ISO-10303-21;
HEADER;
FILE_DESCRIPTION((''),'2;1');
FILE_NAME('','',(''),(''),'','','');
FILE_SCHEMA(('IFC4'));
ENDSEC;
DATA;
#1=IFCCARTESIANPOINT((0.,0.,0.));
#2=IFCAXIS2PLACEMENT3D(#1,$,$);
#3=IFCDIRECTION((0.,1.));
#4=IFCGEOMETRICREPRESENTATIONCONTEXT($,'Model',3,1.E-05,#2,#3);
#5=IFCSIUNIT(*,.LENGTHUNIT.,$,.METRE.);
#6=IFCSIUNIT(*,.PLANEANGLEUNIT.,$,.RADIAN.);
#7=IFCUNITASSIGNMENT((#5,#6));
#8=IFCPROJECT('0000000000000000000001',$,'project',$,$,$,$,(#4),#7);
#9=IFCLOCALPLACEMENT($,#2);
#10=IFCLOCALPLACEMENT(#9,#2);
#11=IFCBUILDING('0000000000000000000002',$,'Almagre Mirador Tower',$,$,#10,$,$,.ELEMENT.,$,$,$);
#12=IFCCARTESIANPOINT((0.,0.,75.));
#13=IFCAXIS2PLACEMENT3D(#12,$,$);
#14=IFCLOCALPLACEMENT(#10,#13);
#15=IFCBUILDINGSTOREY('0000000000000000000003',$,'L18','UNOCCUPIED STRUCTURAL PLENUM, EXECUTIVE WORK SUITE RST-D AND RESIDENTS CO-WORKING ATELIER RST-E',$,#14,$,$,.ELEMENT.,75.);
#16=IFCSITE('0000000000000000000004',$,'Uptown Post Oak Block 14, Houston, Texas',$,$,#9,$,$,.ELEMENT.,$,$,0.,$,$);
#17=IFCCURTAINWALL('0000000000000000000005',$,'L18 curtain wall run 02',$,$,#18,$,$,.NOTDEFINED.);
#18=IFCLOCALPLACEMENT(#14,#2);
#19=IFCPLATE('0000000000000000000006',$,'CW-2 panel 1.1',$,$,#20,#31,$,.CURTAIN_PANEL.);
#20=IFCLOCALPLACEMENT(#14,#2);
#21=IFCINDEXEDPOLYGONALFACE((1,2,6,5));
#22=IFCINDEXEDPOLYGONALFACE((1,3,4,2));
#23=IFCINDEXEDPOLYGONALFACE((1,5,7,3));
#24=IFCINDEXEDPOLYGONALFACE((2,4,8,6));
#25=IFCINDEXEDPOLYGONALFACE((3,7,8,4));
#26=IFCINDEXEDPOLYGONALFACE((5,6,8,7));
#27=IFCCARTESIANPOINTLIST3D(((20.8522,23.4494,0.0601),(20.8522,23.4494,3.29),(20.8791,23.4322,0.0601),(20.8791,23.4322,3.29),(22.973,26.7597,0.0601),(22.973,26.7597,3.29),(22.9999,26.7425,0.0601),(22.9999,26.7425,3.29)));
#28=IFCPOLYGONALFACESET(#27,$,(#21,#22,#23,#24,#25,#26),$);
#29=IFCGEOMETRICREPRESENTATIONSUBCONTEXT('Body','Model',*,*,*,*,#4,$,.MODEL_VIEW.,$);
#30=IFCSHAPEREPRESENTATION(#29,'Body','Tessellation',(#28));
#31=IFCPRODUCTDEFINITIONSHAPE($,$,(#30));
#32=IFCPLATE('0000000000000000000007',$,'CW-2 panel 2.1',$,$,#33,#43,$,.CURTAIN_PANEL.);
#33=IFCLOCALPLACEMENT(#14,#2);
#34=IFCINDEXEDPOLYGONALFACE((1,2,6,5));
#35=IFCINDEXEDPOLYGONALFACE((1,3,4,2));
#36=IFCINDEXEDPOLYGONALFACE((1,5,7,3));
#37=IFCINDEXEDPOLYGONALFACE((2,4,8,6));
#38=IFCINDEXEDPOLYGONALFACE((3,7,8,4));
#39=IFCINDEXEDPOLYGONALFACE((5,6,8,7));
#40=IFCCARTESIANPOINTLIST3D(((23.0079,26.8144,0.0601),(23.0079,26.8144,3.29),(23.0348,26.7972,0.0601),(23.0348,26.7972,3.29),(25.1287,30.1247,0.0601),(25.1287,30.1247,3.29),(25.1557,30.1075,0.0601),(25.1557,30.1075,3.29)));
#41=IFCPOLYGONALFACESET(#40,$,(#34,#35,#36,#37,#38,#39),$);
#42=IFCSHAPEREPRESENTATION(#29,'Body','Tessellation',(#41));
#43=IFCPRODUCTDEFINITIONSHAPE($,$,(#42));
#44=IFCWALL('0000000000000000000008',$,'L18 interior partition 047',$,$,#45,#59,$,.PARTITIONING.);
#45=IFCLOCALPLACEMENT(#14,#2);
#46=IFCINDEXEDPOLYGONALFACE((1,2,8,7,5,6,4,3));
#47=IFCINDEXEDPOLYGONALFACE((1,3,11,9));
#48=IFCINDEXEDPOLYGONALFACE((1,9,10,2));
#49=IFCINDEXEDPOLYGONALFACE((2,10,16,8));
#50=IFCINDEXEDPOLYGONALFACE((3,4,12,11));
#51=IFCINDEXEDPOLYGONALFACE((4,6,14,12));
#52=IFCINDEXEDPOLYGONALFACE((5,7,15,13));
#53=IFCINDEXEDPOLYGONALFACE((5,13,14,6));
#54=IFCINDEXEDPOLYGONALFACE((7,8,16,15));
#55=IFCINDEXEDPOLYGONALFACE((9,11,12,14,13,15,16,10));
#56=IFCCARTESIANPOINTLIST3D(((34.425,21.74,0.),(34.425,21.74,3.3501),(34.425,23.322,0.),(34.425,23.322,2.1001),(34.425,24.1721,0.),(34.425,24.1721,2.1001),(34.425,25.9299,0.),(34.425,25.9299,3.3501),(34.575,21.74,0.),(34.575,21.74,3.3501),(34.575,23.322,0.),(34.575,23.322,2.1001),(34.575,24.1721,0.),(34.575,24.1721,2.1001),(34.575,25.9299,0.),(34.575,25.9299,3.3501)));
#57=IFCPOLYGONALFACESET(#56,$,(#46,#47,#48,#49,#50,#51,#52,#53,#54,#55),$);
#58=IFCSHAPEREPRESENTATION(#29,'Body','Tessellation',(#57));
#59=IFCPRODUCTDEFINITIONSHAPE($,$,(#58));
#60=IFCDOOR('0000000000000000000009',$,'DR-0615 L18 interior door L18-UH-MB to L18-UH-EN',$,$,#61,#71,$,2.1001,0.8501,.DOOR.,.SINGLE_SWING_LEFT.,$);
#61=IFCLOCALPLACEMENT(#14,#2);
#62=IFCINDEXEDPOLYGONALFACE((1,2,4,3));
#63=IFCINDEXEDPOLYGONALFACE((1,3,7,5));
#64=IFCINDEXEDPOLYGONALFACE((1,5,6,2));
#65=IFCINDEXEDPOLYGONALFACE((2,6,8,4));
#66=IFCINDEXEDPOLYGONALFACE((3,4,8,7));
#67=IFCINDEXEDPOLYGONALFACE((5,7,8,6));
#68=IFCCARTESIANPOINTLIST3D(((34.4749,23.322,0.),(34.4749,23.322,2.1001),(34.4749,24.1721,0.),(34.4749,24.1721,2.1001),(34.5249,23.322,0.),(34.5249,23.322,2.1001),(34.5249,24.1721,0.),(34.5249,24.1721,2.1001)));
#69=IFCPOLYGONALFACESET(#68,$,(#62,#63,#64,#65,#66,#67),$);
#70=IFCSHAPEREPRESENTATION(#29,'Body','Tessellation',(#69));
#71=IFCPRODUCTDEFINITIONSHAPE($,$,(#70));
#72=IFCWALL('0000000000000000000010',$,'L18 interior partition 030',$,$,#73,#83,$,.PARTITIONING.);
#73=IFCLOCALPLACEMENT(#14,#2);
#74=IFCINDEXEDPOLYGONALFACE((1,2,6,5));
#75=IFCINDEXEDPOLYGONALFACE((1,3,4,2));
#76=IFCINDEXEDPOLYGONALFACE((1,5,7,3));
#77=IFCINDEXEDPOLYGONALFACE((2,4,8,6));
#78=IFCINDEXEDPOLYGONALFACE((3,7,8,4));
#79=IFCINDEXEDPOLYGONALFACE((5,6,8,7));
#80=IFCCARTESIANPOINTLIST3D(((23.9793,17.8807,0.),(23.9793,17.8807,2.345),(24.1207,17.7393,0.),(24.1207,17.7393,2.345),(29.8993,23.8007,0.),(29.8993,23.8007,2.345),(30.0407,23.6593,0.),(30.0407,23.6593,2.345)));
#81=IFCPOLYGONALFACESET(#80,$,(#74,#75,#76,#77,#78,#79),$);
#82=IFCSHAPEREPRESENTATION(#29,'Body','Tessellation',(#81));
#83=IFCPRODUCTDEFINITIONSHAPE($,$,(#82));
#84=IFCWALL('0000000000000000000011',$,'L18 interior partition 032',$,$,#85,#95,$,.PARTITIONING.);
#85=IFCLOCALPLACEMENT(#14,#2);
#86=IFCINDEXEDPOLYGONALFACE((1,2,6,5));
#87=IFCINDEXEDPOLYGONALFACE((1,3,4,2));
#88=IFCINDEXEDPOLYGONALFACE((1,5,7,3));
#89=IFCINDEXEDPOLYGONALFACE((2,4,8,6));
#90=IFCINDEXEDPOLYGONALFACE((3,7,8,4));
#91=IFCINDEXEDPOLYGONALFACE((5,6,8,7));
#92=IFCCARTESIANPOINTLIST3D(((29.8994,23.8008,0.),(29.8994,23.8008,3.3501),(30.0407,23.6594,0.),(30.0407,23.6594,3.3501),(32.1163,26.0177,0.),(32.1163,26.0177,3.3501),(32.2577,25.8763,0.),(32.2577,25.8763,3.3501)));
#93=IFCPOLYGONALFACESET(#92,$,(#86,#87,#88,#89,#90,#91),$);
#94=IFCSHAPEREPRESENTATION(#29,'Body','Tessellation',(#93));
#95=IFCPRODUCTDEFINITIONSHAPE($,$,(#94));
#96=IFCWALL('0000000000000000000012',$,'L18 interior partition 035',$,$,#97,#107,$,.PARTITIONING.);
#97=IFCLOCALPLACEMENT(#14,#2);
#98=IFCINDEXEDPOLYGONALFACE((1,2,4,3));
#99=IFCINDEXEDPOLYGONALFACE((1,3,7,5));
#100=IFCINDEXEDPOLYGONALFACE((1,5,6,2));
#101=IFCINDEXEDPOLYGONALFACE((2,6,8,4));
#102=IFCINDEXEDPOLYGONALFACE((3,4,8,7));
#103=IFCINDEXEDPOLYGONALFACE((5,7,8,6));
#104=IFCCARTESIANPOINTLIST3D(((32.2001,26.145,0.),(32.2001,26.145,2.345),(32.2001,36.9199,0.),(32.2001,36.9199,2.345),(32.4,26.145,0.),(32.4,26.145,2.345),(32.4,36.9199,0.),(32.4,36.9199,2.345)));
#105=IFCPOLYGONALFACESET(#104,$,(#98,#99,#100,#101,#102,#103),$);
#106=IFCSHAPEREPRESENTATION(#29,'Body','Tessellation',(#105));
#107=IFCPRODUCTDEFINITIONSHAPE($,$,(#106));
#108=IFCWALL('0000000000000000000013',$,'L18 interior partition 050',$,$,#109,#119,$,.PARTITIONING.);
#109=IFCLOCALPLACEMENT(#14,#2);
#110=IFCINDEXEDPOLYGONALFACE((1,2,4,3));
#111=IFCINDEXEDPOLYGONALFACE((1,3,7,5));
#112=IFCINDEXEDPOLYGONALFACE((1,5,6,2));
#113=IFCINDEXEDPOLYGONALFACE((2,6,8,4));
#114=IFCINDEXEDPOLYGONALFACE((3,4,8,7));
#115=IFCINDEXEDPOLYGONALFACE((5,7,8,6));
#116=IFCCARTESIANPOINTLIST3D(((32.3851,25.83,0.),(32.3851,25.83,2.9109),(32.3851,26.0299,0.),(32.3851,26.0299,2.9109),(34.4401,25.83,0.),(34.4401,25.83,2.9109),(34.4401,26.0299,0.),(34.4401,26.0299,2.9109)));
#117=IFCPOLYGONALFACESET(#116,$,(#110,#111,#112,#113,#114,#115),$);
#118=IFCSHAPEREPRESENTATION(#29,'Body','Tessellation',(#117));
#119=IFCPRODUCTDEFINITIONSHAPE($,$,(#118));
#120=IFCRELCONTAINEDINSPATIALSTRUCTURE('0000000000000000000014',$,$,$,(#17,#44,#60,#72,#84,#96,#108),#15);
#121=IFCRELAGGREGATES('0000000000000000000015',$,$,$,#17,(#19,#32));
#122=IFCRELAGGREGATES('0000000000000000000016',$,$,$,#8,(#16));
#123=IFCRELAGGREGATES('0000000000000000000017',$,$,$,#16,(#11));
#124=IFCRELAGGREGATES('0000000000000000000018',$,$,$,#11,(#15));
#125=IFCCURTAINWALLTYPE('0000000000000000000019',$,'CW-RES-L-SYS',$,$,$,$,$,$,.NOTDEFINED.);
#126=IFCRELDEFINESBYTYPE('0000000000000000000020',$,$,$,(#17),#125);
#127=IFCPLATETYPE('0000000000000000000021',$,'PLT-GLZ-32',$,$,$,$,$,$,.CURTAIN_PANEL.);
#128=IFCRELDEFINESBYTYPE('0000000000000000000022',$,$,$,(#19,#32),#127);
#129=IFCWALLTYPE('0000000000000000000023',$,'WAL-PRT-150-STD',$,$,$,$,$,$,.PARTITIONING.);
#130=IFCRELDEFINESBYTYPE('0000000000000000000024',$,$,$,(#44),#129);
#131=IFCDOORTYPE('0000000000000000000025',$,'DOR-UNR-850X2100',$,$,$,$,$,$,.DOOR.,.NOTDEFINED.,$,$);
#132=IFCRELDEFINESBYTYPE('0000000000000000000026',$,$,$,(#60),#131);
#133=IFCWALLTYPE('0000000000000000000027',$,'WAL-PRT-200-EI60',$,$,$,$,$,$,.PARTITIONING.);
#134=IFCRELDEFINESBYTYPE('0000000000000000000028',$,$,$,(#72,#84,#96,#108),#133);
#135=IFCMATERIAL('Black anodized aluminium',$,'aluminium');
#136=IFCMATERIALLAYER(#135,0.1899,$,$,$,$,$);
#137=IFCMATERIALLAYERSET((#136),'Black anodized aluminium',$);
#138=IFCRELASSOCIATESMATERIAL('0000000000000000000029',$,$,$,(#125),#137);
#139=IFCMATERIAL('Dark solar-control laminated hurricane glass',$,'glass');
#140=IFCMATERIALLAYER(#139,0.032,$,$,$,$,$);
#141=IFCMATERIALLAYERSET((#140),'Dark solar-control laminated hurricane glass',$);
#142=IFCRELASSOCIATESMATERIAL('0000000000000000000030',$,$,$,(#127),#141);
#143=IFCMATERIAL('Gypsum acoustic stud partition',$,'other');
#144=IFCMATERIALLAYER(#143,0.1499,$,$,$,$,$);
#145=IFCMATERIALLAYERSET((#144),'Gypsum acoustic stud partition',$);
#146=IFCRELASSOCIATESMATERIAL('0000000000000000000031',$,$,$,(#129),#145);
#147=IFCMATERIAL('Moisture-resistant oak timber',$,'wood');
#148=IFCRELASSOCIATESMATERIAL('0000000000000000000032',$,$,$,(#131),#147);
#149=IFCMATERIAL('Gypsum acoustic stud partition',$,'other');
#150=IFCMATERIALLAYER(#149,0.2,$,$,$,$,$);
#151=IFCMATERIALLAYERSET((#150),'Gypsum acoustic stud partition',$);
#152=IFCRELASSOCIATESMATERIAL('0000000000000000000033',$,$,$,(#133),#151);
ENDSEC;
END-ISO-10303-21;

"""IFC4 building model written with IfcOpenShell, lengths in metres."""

from ifc_helpers import new_model, si_unit, direction, frame, frame_2d, origin, origin_2d, place, context, subcontext, project, spatial, rectangle, extrude, material, layer, layer_set, type_object, element, fill, aggregate, save


model = new_model("IFC4")

# Units and contexts
model_context = context("Model", 3, precision=1e-05, world=origin(), true_north=direction((0.0, 1.0)))
body_context = subcontext(model_context, "Body", "Model", "MODEL_VIEW")
ifc_project = project(units=[si_unit("LENGTHUNIT", "METRE"), si_unit("PLANEANGLEUNIT", "RADIAN")], contexts=[model_context])

# Site, building, storey
site_placement = place(None, origin())
site = spatial("IfcSite", under=ifc_project, at=site_placement, Name="Uptown Post Oak Block 14, Houston, Texas", CompositionType="ELEMENT", RefElevation=0.0)
building_placement = place(site_placement, origin())
building = spatial("IfcBuilding", under=site, at=building_placement, Name="Almagre Mirador Tower", CompositionType="ELEMENT")
storey_placement = place(building_placement, frame((0.0, 0.0, 75.0)))
storey = spatial("IfcBuildingStorey", under=building, at=storey_placement, Name="L18", Description="UNOCCUPIED STRUCTURAL PLENUM, EXECUTIVE WORK SUITE RST-D AND RESIDENTS CO-WORKING ATELIER RST-E", CompositionType="ELEMENT", Elevation=75.0)

# Curtain wall, plates
ifc_material_1 = material(Name="Black anodized aluminium", Category="aluminium")
ifc_layer_1 = layer(ifc_material_1, 0.1899)
ifc_layer_set_1 = layer_set([ifc_layer_1], Name="Black anodized aluminium")
curtain_wall_type = type_object("IfcCurtainWallType", Name="CW-RES-L-SYS", PredefinedType="NOTDEFINED", material=ifc_layer_set_1)
curtain_wall_placement = place(storey_placement, origin())
curtain_wall = element("IfcCurtainWall", 1, at=curtain_wall_placement, inside=storey, type_object=curtain_wall_type, Name="L18 curtain wall run 02", PredefinedType="NOTDEFINED")
ifc_material_2 = material(Name="Dark solar-control laminated hurricane glass", Category="glass")
ifc_layer_2 = layer(ifc_material_2, 0.032)
ifc_layer_set_2 = layer_set([ifc_layer_2], Name="Dark solar-control laminated hurricane glass")
plate_type = type_object("IfcPlateType", Name="PLT-GLZ-32", PredefinedType="CURTAIN_PANEL", material=ifc_layer_set_2)
plate_1_placement = place(storey_placement, frame((21.926, 25.0959, 0.0601), z_axis=(0.0, 0.0, 1.0), x_axis=(0.539455, 0.842015, 0.0)))
plate_1 = element("IfcPlate", 2, at=plate_1_placement, type_object=plate_type, Name="CW-2 panel 1.1", PredefinedType="CURTAIN_PANEL", context=body_context, shape_type="SweptSolid", body=[
    extrude(rectangle(XDim=3.9314, YDim=0.032, at=origin_2d()), origin(), (0.0, 0.0, 1.0), 3.23),
])
plate_2_placement = place(storey_placement, frame((24.0818, 28.4609, 0.0601), z_axis=(0.0, 0.0, 1.0), x_axis=(0.539455, 0.842015, 0.0)))
plate_2 = element("IfcPlate", 3, at=plate_2_placement, type_object=plate_type, Name="CW-2 panel 2.1", PredefinedType="CURTAIN_PANEL", context=body_context, shape_type="SweptSolid", body=[
    extrude(rectangle(XDim=3.9314, YDim=0.032, at=origin_2d()), origin(), (0.0, 0.0, 1.0), 3.23),
])
aggregate(curtain_wall, [plate_1, plate_2])

# Wall, opening, door
ifc_material_3 = material(Name="Gypsum acoustic stud partition", Category="other")
ifc_layer_3 = layer(ifc_material_3, 0.1499)
ifc_layer_set_3 = layer_set([ifc_layer_3], Name="Gypsum acoustic stud partition")
wall_type_1 = type_object("IfcWallType", Name="WAL-PRT-150-STD", PredefinedType="PARTITIONING", material=ifc_layer_set_3)
wall_1_placement = place(storey_placement, frame((34.5, 25.9299, 0.0), z_axis=(0.0, 0.0, 1.0), x_axis=(0.0, -1.0, 0.0)))
wall_1 = element("IfcWall", 4, at=wall_1_placement, inside=storey, type_object=wall_type_1, Name="L18 interior partition 047", PredefinedType="PARTITIONING", context=body_context, shape_type="SweptSolid", body=[
    extrude(rectangle(XDim=4.1899, YDim=0.1499, at=frame_2d((2.095, 0.0))), origin(), (0.0, 0.0, 1.0), 3.3501),
])
opening_placement = place(wall_1_placement, frame((1.7578, 0.0, 0.0)))
opening = element("IfcOpeningElement", 5, at=opening_placement, cuts=wall_1, PredefinedType="OPENING", context=body_context, shape_type="SweptSolid", body=[
    extrude(rectangle(XDim=0.8501, YDim=2.1001, at=frame_2d((0.425, 1.05))), frame((0.0, 0.085, 0.0), z_axis=(0.0, -1.0, 0.0), x_axis=(1.0, 0.0, 0.0)), (0.0, 0.0, 1.0), 0.1699),
])
ifc_material_4 = material(Name="Moisture-resistant oak timber", Category="wood")
door_type = type_object("IfcDoorType", Name="DOR-UNR-850X2100", OperationType="NOTDEFINED", PredefinedType="DOOR", material=ifc_material_4)
door_placement = place(opening_placement, origin())
door = element("IfcDoor", 6, at=door_placement, inside=storey, type_object=door_type, Name="DR-0615 L18 interior door L18-UH-MB to L18-UH-EN", OperationType="SINGLE_SWING_LEFT", OverallHeight=2.1001, OverallWidth=0.8501, PredefinedType="DOOR", context=body_context, shape_type="SweptSolid", body=[
    extrude(rectangle(XDim=0.8501, YDim=2.1001, at=frame_2d((0.425, 1.05))), frame((0.0, 0.0249, 0.0), z_axis=(0.0, -1.0, 0.0), x_axis=(1.0, 0.0, 0.0)), (0.0, 0.0, 1.0), 0.05),
])
fill(opening, door)

# Walls
ifc_material_5 = material(Name="Gypsum acoustic stud partition", Category="other")
ifc_layer_4 = layer(ifc_material_5, 0.2)
ifc_layer_set_4 = layer_set([ifc_layer_4], Name="Gypsum acoustic stud partition")
wall_type_2 = type_object("IfcWallType", Name="WAL-PRT-200-EI60", PredefinedType="PARTITIONING", material=ifc_layer_set_4)
wall_2_placement = place(storey_placement, frame((29.97, 23.73, 0.0), z_axis=(0.0, 0.0, 1.0), x_axis=(-0.707107, -0.707107, 0.0)))
element("IfcWall", 7, at=wall_2_placement, inside=storey, type_object=wall_type_2, Name="L18 interior partition 030", PredefinedType="PARTITIONING", context=body_context, shape_type="SweptSolid", body=[
    extrude(rectangle(XDim=8.3721, YDim=0.2, at=frame_2d((4.186, 0.0))), origin(), (0.0, 0.0, 1.0), 2.345),
])
wall_3_placement = place(storey_placement, frame((32.187, 25.947, 0.0), z_axis=(0.0, 0.0, 1.0), x_axis=(-0.707107, -0.707107, 0.0)))
element("IfcWall", 8, at=wall_3_placement, inside=storey, type_object=wall_type_2, Name="L18 interior partition 032", PredefinedType="PARTITIONING", context=body_context, shape_type="SweptSolid", body=[
    extrude(rectangle(XDim=3.1353, YDim=0.2, at=frame_2d((1.5676, 0.0))), origin(), (0.0, 0.0, 1.0), 3.3501),
])
wall_4_placement = place(storey_placement, frame((32.3, 26.145, 0.0), z_axis=(0.0, 0.0, 1.0), x_axis=(0.0, 1.0, 0.0)))
element("IfcWall", 9, at=wall_4_placement, inside=storey, type_object=wall_type_2, Name="L18 interior partition 035", PredefinedType="PARTITIONING", context=body_context, shape_type="SweptSolid", body=[
    extrude(rectangle(XDim=10.7749, YDim=0.2, at=frame_2d((5.3875, 0.0))), origin(), (0.0, 0.0, 1.0), 2.345),
])
wall_5_placement = place(storey_placement, frame((34.4399, 25.9299, 0.0), z_axis=(0.0, 0.0, 1.0), x_axis=(-1.0, 0.0, 0.0)))
element("IfcWall", 10, at=wall_5_placement, inside=storey, type_object=wall_type_2, Name="L18 interior partition 050", PredefinedType="PARTITIONING", context=body_context, shape_type="SweptSolid", body=[
    extrude(rectangle(XDim=2.0549, YDim=0.2, at=frame_2d((1.0273, 0.0))), origin(), (0.0, 0.0, 1.0), 2.9109),
])

save(model, "model.ifc")
